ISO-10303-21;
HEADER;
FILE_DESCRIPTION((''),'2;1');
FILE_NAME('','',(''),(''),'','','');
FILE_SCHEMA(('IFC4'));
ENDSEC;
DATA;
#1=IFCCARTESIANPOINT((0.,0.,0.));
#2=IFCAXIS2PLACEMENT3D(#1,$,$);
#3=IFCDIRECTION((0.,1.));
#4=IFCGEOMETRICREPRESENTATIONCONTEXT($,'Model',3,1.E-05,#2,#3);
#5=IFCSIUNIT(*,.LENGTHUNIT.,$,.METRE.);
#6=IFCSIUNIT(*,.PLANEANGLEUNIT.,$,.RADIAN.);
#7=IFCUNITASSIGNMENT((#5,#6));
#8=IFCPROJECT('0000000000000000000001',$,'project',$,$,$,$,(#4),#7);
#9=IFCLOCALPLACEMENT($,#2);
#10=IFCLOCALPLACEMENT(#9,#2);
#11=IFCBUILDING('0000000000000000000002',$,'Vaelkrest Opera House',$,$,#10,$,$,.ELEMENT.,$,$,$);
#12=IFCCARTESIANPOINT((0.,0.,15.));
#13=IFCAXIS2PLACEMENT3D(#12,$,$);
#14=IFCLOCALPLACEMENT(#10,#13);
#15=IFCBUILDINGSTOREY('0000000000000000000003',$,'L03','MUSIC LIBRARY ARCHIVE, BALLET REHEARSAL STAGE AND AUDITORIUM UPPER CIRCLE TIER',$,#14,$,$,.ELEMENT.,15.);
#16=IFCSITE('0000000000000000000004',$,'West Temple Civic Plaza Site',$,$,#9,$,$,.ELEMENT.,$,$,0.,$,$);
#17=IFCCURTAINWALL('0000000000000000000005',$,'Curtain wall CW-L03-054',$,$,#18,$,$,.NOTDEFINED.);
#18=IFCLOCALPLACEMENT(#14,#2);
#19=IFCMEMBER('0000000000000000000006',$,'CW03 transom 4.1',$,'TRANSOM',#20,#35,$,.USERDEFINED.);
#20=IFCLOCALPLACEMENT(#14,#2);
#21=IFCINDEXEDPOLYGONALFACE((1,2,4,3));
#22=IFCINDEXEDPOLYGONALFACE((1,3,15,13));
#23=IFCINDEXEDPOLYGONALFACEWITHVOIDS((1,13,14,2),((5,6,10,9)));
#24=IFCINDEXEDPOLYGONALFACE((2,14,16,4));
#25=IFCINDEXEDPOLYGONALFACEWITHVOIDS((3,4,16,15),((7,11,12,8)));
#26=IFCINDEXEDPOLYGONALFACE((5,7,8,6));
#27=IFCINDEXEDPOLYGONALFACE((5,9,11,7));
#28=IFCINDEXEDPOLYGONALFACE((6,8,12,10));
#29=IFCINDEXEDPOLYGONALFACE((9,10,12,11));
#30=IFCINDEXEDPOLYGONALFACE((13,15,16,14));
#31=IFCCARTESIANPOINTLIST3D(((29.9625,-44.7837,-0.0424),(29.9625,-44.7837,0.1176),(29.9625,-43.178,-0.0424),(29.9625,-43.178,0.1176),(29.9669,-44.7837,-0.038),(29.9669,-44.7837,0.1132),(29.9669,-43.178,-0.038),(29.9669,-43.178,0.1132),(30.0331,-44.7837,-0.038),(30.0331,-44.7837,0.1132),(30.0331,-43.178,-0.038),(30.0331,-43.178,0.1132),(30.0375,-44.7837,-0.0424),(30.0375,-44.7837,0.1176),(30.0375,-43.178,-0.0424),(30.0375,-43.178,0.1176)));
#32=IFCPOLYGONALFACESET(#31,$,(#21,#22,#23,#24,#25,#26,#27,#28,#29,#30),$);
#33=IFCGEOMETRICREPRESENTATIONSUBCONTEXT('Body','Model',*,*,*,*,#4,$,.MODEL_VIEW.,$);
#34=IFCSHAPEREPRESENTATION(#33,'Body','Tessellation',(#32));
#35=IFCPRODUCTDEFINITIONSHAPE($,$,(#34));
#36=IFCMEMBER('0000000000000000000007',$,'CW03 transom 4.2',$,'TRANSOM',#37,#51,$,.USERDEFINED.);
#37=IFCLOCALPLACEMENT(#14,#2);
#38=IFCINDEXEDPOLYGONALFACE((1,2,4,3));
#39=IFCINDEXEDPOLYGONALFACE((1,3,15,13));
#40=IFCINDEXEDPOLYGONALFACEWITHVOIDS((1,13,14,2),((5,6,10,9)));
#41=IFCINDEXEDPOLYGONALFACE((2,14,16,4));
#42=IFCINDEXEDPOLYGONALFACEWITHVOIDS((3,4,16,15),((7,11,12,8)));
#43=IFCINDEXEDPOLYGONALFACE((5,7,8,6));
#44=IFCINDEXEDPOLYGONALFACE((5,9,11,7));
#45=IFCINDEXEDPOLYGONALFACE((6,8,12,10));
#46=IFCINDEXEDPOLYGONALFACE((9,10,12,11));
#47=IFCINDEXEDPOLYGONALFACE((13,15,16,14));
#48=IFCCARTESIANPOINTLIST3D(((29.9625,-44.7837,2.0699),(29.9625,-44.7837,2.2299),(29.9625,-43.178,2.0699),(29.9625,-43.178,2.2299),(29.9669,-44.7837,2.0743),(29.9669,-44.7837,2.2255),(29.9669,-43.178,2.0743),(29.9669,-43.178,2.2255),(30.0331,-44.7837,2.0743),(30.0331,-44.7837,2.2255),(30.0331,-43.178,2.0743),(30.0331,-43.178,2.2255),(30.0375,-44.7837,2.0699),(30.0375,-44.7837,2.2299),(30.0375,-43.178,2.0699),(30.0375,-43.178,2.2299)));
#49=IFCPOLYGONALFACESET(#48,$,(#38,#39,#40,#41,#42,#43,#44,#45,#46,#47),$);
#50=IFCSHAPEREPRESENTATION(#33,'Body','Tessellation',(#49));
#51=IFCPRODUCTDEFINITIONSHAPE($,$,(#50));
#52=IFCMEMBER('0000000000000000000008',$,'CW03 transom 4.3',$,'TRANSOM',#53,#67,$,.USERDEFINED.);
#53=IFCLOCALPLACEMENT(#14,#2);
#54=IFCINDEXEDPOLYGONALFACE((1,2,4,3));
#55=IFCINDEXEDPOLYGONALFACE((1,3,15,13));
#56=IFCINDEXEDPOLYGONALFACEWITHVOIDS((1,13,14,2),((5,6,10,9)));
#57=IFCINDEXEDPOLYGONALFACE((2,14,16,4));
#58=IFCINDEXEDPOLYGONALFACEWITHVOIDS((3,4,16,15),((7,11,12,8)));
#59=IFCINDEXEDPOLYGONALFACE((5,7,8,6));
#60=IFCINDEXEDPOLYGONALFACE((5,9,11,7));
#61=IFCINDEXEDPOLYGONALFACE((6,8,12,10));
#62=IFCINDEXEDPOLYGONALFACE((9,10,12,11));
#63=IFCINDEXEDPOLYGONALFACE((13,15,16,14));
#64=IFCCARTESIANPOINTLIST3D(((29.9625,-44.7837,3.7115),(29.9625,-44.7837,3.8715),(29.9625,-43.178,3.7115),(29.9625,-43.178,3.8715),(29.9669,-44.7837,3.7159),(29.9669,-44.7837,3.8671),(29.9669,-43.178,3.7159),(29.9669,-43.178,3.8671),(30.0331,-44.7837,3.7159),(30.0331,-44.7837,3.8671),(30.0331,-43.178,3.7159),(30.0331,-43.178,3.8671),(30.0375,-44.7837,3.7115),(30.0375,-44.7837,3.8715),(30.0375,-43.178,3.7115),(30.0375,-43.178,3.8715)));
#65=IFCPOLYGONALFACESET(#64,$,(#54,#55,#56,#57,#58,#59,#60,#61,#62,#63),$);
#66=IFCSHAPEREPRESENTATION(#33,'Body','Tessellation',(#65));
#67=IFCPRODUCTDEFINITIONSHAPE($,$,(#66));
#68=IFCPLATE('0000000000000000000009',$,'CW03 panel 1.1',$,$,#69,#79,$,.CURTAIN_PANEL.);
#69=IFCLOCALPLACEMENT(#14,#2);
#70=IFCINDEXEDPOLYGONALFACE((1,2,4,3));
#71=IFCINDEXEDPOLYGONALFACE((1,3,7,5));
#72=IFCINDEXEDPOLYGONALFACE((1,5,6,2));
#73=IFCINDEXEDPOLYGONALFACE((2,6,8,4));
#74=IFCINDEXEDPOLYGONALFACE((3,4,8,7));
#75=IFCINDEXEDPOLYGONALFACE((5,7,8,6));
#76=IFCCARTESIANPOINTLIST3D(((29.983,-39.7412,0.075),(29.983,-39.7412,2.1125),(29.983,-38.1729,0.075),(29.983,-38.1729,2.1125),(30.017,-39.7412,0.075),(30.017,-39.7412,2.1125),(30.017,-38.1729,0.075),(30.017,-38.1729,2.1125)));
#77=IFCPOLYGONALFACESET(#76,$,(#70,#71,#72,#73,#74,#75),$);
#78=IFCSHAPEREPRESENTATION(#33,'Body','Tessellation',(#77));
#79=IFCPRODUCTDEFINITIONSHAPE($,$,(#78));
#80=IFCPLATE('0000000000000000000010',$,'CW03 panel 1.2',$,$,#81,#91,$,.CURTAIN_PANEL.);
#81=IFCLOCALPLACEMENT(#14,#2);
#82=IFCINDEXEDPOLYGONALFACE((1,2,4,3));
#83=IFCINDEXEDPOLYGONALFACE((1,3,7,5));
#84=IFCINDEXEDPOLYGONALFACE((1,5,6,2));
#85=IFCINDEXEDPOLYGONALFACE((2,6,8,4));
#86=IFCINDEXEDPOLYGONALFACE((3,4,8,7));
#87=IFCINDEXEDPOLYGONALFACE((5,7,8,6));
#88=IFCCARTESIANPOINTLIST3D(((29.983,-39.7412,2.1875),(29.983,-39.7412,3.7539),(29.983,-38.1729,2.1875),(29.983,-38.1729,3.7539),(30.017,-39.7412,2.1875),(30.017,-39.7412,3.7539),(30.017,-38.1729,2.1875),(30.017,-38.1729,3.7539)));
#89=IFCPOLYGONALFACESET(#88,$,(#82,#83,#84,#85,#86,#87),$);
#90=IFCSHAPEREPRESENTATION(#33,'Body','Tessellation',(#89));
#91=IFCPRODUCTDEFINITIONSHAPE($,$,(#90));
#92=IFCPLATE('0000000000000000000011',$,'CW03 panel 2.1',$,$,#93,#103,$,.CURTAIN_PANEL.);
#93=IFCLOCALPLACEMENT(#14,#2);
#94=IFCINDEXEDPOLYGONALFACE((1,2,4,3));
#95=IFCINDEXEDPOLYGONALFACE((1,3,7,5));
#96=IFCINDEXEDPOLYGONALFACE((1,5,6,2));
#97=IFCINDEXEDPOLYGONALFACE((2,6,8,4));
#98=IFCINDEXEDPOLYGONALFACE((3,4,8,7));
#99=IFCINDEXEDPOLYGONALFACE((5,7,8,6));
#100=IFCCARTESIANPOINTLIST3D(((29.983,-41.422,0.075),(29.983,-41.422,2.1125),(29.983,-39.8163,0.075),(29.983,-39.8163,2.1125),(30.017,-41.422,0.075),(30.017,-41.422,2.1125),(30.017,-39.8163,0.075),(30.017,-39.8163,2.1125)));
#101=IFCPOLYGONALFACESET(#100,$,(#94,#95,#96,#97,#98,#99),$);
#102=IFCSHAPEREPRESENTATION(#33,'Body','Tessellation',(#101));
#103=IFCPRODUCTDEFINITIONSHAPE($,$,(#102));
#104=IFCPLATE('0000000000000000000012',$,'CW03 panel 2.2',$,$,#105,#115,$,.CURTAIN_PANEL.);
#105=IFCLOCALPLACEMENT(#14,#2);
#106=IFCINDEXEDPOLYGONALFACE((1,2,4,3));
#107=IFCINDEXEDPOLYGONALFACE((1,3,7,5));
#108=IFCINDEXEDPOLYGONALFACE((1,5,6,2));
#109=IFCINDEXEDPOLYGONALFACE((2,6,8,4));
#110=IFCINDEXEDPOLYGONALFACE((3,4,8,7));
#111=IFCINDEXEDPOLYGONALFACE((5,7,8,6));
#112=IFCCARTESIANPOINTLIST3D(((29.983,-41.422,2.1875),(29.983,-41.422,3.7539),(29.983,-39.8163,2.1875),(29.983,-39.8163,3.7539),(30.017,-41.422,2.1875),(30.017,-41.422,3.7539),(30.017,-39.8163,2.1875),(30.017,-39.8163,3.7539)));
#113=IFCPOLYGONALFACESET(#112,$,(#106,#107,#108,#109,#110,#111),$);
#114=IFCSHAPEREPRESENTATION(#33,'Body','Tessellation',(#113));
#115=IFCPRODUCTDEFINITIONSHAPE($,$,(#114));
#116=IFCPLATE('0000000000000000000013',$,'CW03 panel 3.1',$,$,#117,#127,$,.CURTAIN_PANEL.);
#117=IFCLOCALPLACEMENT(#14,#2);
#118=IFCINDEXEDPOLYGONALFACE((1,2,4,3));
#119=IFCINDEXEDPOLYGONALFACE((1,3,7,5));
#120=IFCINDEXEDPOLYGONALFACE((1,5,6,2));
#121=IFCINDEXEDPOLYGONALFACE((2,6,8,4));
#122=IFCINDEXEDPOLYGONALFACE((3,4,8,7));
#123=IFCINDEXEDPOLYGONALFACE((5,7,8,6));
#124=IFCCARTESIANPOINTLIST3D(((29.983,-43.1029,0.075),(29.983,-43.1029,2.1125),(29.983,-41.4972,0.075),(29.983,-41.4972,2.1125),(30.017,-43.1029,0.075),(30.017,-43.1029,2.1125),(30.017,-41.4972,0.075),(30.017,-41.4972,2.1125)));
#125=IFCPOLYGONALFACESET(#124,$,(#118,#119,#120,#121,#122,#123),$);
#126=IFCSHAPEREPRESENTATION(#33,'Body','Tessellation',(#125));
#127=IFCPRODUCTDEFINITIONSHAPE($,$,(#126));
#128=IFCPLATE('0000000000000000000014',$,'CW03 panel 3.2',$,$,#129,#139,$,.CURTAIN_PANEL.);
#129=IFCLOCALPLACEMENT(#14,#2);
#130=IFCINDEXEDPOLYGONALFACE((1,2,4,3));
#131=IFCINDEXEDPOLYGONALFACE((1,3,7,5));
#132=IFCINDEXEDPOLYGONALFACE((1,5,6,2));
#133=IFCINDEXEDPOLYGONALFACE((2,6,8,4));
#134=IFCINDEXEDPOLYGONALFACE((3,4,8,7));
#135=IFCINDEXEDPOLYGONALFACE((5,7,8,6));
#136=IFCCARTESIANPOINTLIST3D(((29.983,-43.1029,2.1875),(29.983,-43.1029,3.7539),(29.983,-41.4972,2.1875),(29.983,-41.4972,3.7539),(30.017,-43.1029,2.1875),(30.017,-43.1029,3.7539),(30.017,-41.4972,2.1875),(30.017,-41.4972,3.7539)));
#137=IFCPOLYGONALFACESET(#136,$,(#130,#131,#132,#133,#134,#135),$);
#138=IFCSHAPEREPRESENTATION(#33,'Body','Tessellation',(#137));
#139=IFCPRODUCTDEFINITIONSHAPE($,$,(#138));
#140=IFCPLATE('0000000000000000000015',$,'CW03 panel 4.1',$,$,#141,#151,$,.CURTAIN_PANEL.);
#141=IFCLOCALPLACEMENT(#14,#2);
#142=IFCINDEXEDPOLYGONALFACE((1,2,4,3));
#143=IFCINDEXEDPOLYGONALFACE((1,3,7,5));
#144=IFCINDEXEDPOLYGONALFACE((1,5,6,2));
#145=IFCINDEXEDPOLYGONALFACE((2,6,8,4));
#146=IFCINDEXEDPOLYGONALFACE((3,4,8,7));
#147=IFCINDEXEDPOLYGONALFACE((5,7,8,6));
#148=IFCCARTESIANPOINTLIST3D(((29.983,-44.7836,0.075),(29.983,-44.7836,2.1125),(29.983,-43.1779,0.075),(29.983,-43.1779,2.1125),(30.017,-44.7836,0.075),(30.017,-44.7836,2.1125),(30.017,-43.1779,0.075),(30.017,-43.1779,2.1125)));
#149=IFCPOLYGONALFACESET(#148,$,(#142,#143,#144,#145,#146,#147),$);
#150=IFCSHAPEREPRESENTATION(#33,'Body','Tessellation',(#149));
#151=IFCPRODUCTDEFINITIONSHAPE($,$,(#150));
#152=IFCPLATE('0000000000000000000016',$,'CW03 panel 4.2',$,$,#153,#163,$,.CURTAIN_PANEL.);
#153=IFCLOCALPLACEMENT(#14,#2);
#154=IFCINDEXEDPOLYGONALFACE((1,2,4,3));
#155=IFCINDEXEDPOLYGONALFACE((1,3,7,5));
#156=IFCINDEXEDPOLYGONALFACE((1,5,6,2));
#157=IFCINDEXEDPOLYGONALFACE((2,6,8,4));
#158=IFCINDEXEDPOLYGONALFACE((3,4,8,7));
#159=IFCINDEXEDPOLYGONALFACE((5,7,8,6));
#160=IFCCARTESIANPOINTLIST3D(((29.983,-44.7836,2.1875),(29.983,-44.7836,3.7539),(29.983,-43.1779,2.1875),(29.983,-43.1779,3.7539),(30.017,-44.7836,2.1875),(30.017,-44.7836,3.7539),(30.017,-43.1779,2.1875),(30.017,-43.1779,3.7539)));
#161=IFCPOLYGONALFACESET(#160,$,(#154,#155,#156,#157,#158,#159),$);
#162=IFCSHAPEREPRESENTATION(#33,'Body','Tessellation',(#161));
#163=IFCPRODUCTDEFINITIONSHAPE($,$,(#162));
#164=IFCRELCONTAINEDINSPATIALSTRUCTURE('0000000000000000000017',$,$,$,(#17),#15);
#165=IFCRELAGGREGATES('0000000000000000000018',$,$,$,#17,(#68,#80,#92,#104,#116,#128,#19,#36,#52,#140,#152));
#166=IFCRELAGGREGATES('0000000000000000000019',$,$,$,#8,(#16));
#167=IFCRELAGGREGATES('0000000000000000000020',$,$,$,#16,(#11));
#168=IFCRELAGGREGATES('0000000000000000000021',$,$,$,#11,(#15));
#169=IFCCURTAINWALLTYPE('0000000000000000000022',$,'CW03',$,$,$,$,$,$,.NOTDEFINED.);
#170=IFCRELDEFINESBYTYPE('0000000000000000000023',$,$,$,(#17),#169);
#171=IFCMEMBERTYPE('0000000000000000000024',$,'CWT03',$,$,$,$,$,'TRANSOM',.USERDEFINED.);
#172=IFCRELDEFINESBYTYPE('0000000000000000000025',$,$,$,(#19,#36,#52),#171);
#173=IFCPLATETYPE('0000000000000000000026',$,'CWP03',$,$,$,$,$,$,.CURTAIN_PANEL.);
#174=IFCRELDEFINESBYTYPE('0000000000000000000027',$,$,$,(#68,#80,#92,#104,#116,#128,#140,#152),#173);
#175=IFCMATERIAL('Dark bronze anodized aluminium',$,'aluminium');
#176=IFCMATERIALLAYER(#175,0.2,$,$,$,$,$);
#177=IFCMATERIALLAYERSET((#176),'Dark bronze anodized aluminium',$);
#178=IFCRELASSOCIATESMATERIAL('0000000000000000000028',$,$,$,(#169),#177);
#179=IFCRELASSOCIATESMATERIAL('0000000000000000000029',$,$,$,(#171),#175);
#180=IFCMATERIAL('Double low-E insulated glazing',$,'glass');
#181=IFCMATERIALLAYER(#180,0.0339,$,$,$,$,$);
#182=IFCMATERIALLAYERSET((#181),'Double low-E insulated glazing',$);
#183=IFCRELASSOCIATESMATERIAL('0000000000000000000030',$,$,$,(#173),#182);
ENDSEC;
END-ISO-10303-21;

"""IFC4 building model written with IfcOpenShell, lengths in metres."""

from ifc_helpers import new_model, si_unit, direction, frame, origin, origin_2d, place, context, subcontext, project, spatial, rectangle, hollow_rectangle, extrude, material, layer, layer_set, material_profile, profile_set, type_object, element, aggregate, save


model = new_model("IFC4")

# Units and contexts
model_context = context("Model", 3, precision=1e-05, world=origin(), true_north=direction((0.0, 1.0)))
body_context = subcontext(model_context, "Body", "Model", "MODEL_VIEW")
ifc_project = project(units=[si_unit("LENGTHUNIT", "METRE"), si_unit("PLANEANGLEUNIT", "RADIAN")], contexts=[model_context])

# Site, building, storey
site_placement = place(None, origin())
site = spatial("IfcSite", under=ifc_project, at=site_placement, Name="West Temple Civic Plaza Site", CompositionType="ELEMENT", RefElevation=0.0)
building_placement = place(site_placement, origin())
building = spatial("IfcBuilding", under=site, at=building_placement, Name="Vaelkrest Opera House", CompositionType="ELEMENT")
storey_placement = place(building_placement, frame((0.0, 0.0, 15.0)))
storey = spatial("IfcBuildingStorey", under=building, at=storey_placement, Name="L03", Description="MUSIC LIBRARY ARCHIVE, BALLET REHEARSAL STAGE AND AUDITORIUM UPPER CIRCLE TIER", CompositionType="ELEMENT", Elevation=15.0)

# Curtain wall, members, plates
ifc_material_1 = material(Name="Dark bronze anodized aluminium", Category="aluminium")
ifc_layer_1 = layer(ifc_material_1, 0.2)
ifc_layer_set_1 = layer_set([ifc_layer_1], Name="Dark bronze anodized aluminium")
curtain_wall_type = type_object("IfcCurtainWallType", Name="CW03", PredefinedType="NOTDEFINED", material=ifc_layer_set_1)
curtain_wall_placement = place(storey_placement, origin())
curtain_wall = element("IfcCurtainWall", 1, at=curtain_wall_placement, inside=storey, type_object=curtain_wall_type, Name="Curtain wall CW-L03-054", PredefinedType="NOTDEFINED")
ifc_material_profile_1 = material_profile(ifc_material_1, hollow_rectangle(XDim=0.075, YDim=0.1599, WallThickness=0.0044, at=origin_2d()), Name="CWT75X160")
ifc_profile_set_1 = profile_set([ifc_material_profile_1], Name="Dark bronze anodized aluminium")
member_type_1 = type_object("IfcMemberType", Name="CWT03", ElementType="TRANSOM", PredefinedType="USERDEFINED", material=ifc_profile_set_1)
member_1_placement = place(storey_placement, frame((30.0, -43.178, 0.0376), z_axis=(0.0, -1.0, 0.0), x_axis=(1.0, 0.0, 0.0)))
member_1 = element("IfcMember", 2, at=member_1_placement, type_object=member_type_1, Name="CW03 transom 4.1", ObjectType="TRANSOM", PredefinedType="USERDEFINED", context=body_context, shape_type="SweptSolid", body=[
    extrude(hollow_rectangle(XDim=0.075, YDim=0.1599, WallThickness=0.0044, at=origin_2d()), origin(), (0.0, 0.0, 1.0), 1.6057),
])
member_2_placement = place(storey_placement, frame((30.0, -43.178, 2.1499), z_axis=(0.0, -1.0, 0.0), x_axis=(1.0, 0.0, 0.0)))
member_2 = element("IfcMember", 3, at=member_2_placement, type_object=member_type_1, Name="CW03 transom 4.2", ObjectType="TRANSOM", PredefinedType="USERDEFINED", context=body_context, shape_type="SweptSolid", body=[
    extrude(hollow_rectangle(XDim=0.075, YDim=0.1599, WallThickness=0.0044, at=origin_2d()), origin(), (0.0, 0.0, 1.0), 1.6057),
])
member_3_placement = place(storey_placement, frame((30.0, -43.178, 3.7915), z_axis=(0.0, -1.0, 0.0), x_axis=(1.0, 0.0, 0.0)))
member_3 = element("IfcMember", 4, at=member_3_placement, type_object=member_type_1, Name="CW03 transom 4.3", ObjectType="TRANSOM", PredefinedType="USERDEFINED", context=body_context, shape_type="SweptSolid", body=[
    extrude(hollow_rectangle(XDim=0.075, YDim=0.1599, WallThickness=0.0044, at=origin_2d()), origin(), (0.0, 0.0, 1.0), 1.6057),
])
ifc_material_2 = material(Name="Double low-E insulated glazing", Category="glass")
ifc_layer_2 = layer(ifc_material_2, 0.0339)
ifc_layer_set_2 = layer_set([ifc_layer_2], Name="Double low-E insulated glazing")
plate_type = type_object("IfcPlateType", Name="CWP03", PredefinedType="CURTAIN_PANEL", material=ifc_layer_set_2)
plate_1_placement = place(storey_placement, frame((30.0, -38.957, 0.075), z_axis=(0.0, 0.0, 1.0), x_axis=(0.0, -1.0, 0.0)))
plate_1 = element("IfcPlate", 5, at=plate_1_placement, type_object=plate_type, Name="CW03 panel 1.1", PredefinedType="CURTAIN_PANEL", context=body_context, shape_type="SweptSolid", body=[
    extrude(rectangle(XDim=1.5684, YDim=0.0339, at=origin_2d()), origin(), (0.0, 0.0, 1.0), 2.0376),
])
plate_2_placement = place(storey_placement, frame((30.0, -38.957, 2.1875), z_axis=(0.0, 0.0, 1.0), x_axis=(0.0, -1.0, 0.0)))
plate_2 = element("IfcPlate", 6, at=plate_2_placement, type_object=plate_type, Name="CW03 panel 1.2", PredefinedType="CURTAIN_PANEL", context=body_context, shape_type="SweptSolid", body=[
    extrude(rectangle(XDim=1.5684, YDim=0.0339, at=origin_2d()), origin(), (0.0, 0.0, 1.0), 1.5664),
])
plate_3_placement = place(storey_placement, frame((30.0, -40.6191, 0.075), z_axis=(0.0, 0.0, 1.0), x_axis=(0.0, -1.0, 0.0)))
plate_3 = element("IfcPlate", 7, at=plate_3_placement, type_object=plate_type, Name="CW03 panel 2.1", PredefinedType="CURTAIN_PANEL", context=body_context, shape_type="SweptSolid", body=[
    extrude(rectangle(XDim=1.6057, YDim=0.0339, at=origin_2d()), origin(), (0.0, 0.0, 1.0), 2.0376),
])
plate_4_placement = place(storey_placement, frame((30.0, -40.6191, 2.1875), z_axis=(0.0, 0.0, 1.0), x_axis=(0.0, -1.0, 0.0)))
plate_4 = element("IfcPlate", 8, at=plate_4_placement, type_object=plate_type, Name="CW03 panel 2.2", PredefinedType="CURTAIN_PANEL", context=body_context, shape_type="SweptSolid", body=[
    extrude(rectangle(XDim=1.6057, YDim=0.0339, at=origin_2d()), origin(), (0.0, 0.0, 1.0), 1.5664),
])
plate_5_placement = place(storey_placement, frame((30.0, -42.3, 0.075), z_axis=(0.0, 0.0, 1.0), x_axis=(0.0, -1.0, 0.0)))
plate_5 = element("IfcPlate", 9, at=plate_5_placement, type_object=plate_type, Name="CW03 panel 3.1", PredefinedType="CURTAIN_PANEL", context=body_context, shape_type="SweptSolid", body=[
    extrude(rectangle(XDim=1.6057, YDim=0.0339, at=origin_2d()), origin(), (0.0, 0.0, 1.0), 2.0376),
])
plate_6_placement = place(storey_placement, frame((30.0, -42.3, 2.1875), z_axis=(0.0, 0.0, 1.0), x_axis=(0.0, -1.0, 0.0)))
plate_6 = element("IfcPlate", 10, at=plate_6_placement, type_object=plate_type, Name="CW03 panel 3.2", PredefinedType="CURTAIN_PANEL", context=body_context, shape_type="SweptSolid", body=[
    extrude(rectangle(XDim=1.6057, YDim=0.0339, at=origin_2d()), origin(), (0.0, 0.0, 1.0), 1.5664),
])
plate_7_placement = place(storey_placement, frame((30.0, -43.9807, 0.075), z_axis=(0.0, 0.0, 1.0), x_axis=(0.0, -1.0, 0.0)))
plate_7 = element("IfcPlate", 11, at=plate_7_placement, type_object=plate_type, Name="CW03 panel 4.1", PredefinedType="CURTAIN_PANEL", context=body_context, shape_type="SweptSolid", body=[
    extrude(rectangle(XDim=1.6057, YDim=0.0339, at=origin_2d()), origin(), (0.0, 0.0, 1.0), 2.0376),
])
plate_8_placement = place(storey_placement, frame((30.0, -43.9807, 2.1875), z_axis=(0.0, 0.0, 1.0), x_axis=(0.0, -1.0, 0.0)))
plate_8 = element("IfcPlate", 12, at=plate_8_placement, type_object=plate_type, Name="CW03 panel 4.2", PredefinedType="CURTAIN_PANEL", context=body_context, shape_type="SweptSolid", body=[
    extrude(rectangle(XDim=1.6057, YDim=0.0339, at=origin_2d()), origin(), (0.0, 0.0, 1.0), 1.5664),
])
aggregate(curtain_wall, [plate_1, plate_2, plate_3, plate_4, plate_5, plate_6, member_1, member_2, member_3, plate_7, plate_8])

save(model, "model.ifc")
